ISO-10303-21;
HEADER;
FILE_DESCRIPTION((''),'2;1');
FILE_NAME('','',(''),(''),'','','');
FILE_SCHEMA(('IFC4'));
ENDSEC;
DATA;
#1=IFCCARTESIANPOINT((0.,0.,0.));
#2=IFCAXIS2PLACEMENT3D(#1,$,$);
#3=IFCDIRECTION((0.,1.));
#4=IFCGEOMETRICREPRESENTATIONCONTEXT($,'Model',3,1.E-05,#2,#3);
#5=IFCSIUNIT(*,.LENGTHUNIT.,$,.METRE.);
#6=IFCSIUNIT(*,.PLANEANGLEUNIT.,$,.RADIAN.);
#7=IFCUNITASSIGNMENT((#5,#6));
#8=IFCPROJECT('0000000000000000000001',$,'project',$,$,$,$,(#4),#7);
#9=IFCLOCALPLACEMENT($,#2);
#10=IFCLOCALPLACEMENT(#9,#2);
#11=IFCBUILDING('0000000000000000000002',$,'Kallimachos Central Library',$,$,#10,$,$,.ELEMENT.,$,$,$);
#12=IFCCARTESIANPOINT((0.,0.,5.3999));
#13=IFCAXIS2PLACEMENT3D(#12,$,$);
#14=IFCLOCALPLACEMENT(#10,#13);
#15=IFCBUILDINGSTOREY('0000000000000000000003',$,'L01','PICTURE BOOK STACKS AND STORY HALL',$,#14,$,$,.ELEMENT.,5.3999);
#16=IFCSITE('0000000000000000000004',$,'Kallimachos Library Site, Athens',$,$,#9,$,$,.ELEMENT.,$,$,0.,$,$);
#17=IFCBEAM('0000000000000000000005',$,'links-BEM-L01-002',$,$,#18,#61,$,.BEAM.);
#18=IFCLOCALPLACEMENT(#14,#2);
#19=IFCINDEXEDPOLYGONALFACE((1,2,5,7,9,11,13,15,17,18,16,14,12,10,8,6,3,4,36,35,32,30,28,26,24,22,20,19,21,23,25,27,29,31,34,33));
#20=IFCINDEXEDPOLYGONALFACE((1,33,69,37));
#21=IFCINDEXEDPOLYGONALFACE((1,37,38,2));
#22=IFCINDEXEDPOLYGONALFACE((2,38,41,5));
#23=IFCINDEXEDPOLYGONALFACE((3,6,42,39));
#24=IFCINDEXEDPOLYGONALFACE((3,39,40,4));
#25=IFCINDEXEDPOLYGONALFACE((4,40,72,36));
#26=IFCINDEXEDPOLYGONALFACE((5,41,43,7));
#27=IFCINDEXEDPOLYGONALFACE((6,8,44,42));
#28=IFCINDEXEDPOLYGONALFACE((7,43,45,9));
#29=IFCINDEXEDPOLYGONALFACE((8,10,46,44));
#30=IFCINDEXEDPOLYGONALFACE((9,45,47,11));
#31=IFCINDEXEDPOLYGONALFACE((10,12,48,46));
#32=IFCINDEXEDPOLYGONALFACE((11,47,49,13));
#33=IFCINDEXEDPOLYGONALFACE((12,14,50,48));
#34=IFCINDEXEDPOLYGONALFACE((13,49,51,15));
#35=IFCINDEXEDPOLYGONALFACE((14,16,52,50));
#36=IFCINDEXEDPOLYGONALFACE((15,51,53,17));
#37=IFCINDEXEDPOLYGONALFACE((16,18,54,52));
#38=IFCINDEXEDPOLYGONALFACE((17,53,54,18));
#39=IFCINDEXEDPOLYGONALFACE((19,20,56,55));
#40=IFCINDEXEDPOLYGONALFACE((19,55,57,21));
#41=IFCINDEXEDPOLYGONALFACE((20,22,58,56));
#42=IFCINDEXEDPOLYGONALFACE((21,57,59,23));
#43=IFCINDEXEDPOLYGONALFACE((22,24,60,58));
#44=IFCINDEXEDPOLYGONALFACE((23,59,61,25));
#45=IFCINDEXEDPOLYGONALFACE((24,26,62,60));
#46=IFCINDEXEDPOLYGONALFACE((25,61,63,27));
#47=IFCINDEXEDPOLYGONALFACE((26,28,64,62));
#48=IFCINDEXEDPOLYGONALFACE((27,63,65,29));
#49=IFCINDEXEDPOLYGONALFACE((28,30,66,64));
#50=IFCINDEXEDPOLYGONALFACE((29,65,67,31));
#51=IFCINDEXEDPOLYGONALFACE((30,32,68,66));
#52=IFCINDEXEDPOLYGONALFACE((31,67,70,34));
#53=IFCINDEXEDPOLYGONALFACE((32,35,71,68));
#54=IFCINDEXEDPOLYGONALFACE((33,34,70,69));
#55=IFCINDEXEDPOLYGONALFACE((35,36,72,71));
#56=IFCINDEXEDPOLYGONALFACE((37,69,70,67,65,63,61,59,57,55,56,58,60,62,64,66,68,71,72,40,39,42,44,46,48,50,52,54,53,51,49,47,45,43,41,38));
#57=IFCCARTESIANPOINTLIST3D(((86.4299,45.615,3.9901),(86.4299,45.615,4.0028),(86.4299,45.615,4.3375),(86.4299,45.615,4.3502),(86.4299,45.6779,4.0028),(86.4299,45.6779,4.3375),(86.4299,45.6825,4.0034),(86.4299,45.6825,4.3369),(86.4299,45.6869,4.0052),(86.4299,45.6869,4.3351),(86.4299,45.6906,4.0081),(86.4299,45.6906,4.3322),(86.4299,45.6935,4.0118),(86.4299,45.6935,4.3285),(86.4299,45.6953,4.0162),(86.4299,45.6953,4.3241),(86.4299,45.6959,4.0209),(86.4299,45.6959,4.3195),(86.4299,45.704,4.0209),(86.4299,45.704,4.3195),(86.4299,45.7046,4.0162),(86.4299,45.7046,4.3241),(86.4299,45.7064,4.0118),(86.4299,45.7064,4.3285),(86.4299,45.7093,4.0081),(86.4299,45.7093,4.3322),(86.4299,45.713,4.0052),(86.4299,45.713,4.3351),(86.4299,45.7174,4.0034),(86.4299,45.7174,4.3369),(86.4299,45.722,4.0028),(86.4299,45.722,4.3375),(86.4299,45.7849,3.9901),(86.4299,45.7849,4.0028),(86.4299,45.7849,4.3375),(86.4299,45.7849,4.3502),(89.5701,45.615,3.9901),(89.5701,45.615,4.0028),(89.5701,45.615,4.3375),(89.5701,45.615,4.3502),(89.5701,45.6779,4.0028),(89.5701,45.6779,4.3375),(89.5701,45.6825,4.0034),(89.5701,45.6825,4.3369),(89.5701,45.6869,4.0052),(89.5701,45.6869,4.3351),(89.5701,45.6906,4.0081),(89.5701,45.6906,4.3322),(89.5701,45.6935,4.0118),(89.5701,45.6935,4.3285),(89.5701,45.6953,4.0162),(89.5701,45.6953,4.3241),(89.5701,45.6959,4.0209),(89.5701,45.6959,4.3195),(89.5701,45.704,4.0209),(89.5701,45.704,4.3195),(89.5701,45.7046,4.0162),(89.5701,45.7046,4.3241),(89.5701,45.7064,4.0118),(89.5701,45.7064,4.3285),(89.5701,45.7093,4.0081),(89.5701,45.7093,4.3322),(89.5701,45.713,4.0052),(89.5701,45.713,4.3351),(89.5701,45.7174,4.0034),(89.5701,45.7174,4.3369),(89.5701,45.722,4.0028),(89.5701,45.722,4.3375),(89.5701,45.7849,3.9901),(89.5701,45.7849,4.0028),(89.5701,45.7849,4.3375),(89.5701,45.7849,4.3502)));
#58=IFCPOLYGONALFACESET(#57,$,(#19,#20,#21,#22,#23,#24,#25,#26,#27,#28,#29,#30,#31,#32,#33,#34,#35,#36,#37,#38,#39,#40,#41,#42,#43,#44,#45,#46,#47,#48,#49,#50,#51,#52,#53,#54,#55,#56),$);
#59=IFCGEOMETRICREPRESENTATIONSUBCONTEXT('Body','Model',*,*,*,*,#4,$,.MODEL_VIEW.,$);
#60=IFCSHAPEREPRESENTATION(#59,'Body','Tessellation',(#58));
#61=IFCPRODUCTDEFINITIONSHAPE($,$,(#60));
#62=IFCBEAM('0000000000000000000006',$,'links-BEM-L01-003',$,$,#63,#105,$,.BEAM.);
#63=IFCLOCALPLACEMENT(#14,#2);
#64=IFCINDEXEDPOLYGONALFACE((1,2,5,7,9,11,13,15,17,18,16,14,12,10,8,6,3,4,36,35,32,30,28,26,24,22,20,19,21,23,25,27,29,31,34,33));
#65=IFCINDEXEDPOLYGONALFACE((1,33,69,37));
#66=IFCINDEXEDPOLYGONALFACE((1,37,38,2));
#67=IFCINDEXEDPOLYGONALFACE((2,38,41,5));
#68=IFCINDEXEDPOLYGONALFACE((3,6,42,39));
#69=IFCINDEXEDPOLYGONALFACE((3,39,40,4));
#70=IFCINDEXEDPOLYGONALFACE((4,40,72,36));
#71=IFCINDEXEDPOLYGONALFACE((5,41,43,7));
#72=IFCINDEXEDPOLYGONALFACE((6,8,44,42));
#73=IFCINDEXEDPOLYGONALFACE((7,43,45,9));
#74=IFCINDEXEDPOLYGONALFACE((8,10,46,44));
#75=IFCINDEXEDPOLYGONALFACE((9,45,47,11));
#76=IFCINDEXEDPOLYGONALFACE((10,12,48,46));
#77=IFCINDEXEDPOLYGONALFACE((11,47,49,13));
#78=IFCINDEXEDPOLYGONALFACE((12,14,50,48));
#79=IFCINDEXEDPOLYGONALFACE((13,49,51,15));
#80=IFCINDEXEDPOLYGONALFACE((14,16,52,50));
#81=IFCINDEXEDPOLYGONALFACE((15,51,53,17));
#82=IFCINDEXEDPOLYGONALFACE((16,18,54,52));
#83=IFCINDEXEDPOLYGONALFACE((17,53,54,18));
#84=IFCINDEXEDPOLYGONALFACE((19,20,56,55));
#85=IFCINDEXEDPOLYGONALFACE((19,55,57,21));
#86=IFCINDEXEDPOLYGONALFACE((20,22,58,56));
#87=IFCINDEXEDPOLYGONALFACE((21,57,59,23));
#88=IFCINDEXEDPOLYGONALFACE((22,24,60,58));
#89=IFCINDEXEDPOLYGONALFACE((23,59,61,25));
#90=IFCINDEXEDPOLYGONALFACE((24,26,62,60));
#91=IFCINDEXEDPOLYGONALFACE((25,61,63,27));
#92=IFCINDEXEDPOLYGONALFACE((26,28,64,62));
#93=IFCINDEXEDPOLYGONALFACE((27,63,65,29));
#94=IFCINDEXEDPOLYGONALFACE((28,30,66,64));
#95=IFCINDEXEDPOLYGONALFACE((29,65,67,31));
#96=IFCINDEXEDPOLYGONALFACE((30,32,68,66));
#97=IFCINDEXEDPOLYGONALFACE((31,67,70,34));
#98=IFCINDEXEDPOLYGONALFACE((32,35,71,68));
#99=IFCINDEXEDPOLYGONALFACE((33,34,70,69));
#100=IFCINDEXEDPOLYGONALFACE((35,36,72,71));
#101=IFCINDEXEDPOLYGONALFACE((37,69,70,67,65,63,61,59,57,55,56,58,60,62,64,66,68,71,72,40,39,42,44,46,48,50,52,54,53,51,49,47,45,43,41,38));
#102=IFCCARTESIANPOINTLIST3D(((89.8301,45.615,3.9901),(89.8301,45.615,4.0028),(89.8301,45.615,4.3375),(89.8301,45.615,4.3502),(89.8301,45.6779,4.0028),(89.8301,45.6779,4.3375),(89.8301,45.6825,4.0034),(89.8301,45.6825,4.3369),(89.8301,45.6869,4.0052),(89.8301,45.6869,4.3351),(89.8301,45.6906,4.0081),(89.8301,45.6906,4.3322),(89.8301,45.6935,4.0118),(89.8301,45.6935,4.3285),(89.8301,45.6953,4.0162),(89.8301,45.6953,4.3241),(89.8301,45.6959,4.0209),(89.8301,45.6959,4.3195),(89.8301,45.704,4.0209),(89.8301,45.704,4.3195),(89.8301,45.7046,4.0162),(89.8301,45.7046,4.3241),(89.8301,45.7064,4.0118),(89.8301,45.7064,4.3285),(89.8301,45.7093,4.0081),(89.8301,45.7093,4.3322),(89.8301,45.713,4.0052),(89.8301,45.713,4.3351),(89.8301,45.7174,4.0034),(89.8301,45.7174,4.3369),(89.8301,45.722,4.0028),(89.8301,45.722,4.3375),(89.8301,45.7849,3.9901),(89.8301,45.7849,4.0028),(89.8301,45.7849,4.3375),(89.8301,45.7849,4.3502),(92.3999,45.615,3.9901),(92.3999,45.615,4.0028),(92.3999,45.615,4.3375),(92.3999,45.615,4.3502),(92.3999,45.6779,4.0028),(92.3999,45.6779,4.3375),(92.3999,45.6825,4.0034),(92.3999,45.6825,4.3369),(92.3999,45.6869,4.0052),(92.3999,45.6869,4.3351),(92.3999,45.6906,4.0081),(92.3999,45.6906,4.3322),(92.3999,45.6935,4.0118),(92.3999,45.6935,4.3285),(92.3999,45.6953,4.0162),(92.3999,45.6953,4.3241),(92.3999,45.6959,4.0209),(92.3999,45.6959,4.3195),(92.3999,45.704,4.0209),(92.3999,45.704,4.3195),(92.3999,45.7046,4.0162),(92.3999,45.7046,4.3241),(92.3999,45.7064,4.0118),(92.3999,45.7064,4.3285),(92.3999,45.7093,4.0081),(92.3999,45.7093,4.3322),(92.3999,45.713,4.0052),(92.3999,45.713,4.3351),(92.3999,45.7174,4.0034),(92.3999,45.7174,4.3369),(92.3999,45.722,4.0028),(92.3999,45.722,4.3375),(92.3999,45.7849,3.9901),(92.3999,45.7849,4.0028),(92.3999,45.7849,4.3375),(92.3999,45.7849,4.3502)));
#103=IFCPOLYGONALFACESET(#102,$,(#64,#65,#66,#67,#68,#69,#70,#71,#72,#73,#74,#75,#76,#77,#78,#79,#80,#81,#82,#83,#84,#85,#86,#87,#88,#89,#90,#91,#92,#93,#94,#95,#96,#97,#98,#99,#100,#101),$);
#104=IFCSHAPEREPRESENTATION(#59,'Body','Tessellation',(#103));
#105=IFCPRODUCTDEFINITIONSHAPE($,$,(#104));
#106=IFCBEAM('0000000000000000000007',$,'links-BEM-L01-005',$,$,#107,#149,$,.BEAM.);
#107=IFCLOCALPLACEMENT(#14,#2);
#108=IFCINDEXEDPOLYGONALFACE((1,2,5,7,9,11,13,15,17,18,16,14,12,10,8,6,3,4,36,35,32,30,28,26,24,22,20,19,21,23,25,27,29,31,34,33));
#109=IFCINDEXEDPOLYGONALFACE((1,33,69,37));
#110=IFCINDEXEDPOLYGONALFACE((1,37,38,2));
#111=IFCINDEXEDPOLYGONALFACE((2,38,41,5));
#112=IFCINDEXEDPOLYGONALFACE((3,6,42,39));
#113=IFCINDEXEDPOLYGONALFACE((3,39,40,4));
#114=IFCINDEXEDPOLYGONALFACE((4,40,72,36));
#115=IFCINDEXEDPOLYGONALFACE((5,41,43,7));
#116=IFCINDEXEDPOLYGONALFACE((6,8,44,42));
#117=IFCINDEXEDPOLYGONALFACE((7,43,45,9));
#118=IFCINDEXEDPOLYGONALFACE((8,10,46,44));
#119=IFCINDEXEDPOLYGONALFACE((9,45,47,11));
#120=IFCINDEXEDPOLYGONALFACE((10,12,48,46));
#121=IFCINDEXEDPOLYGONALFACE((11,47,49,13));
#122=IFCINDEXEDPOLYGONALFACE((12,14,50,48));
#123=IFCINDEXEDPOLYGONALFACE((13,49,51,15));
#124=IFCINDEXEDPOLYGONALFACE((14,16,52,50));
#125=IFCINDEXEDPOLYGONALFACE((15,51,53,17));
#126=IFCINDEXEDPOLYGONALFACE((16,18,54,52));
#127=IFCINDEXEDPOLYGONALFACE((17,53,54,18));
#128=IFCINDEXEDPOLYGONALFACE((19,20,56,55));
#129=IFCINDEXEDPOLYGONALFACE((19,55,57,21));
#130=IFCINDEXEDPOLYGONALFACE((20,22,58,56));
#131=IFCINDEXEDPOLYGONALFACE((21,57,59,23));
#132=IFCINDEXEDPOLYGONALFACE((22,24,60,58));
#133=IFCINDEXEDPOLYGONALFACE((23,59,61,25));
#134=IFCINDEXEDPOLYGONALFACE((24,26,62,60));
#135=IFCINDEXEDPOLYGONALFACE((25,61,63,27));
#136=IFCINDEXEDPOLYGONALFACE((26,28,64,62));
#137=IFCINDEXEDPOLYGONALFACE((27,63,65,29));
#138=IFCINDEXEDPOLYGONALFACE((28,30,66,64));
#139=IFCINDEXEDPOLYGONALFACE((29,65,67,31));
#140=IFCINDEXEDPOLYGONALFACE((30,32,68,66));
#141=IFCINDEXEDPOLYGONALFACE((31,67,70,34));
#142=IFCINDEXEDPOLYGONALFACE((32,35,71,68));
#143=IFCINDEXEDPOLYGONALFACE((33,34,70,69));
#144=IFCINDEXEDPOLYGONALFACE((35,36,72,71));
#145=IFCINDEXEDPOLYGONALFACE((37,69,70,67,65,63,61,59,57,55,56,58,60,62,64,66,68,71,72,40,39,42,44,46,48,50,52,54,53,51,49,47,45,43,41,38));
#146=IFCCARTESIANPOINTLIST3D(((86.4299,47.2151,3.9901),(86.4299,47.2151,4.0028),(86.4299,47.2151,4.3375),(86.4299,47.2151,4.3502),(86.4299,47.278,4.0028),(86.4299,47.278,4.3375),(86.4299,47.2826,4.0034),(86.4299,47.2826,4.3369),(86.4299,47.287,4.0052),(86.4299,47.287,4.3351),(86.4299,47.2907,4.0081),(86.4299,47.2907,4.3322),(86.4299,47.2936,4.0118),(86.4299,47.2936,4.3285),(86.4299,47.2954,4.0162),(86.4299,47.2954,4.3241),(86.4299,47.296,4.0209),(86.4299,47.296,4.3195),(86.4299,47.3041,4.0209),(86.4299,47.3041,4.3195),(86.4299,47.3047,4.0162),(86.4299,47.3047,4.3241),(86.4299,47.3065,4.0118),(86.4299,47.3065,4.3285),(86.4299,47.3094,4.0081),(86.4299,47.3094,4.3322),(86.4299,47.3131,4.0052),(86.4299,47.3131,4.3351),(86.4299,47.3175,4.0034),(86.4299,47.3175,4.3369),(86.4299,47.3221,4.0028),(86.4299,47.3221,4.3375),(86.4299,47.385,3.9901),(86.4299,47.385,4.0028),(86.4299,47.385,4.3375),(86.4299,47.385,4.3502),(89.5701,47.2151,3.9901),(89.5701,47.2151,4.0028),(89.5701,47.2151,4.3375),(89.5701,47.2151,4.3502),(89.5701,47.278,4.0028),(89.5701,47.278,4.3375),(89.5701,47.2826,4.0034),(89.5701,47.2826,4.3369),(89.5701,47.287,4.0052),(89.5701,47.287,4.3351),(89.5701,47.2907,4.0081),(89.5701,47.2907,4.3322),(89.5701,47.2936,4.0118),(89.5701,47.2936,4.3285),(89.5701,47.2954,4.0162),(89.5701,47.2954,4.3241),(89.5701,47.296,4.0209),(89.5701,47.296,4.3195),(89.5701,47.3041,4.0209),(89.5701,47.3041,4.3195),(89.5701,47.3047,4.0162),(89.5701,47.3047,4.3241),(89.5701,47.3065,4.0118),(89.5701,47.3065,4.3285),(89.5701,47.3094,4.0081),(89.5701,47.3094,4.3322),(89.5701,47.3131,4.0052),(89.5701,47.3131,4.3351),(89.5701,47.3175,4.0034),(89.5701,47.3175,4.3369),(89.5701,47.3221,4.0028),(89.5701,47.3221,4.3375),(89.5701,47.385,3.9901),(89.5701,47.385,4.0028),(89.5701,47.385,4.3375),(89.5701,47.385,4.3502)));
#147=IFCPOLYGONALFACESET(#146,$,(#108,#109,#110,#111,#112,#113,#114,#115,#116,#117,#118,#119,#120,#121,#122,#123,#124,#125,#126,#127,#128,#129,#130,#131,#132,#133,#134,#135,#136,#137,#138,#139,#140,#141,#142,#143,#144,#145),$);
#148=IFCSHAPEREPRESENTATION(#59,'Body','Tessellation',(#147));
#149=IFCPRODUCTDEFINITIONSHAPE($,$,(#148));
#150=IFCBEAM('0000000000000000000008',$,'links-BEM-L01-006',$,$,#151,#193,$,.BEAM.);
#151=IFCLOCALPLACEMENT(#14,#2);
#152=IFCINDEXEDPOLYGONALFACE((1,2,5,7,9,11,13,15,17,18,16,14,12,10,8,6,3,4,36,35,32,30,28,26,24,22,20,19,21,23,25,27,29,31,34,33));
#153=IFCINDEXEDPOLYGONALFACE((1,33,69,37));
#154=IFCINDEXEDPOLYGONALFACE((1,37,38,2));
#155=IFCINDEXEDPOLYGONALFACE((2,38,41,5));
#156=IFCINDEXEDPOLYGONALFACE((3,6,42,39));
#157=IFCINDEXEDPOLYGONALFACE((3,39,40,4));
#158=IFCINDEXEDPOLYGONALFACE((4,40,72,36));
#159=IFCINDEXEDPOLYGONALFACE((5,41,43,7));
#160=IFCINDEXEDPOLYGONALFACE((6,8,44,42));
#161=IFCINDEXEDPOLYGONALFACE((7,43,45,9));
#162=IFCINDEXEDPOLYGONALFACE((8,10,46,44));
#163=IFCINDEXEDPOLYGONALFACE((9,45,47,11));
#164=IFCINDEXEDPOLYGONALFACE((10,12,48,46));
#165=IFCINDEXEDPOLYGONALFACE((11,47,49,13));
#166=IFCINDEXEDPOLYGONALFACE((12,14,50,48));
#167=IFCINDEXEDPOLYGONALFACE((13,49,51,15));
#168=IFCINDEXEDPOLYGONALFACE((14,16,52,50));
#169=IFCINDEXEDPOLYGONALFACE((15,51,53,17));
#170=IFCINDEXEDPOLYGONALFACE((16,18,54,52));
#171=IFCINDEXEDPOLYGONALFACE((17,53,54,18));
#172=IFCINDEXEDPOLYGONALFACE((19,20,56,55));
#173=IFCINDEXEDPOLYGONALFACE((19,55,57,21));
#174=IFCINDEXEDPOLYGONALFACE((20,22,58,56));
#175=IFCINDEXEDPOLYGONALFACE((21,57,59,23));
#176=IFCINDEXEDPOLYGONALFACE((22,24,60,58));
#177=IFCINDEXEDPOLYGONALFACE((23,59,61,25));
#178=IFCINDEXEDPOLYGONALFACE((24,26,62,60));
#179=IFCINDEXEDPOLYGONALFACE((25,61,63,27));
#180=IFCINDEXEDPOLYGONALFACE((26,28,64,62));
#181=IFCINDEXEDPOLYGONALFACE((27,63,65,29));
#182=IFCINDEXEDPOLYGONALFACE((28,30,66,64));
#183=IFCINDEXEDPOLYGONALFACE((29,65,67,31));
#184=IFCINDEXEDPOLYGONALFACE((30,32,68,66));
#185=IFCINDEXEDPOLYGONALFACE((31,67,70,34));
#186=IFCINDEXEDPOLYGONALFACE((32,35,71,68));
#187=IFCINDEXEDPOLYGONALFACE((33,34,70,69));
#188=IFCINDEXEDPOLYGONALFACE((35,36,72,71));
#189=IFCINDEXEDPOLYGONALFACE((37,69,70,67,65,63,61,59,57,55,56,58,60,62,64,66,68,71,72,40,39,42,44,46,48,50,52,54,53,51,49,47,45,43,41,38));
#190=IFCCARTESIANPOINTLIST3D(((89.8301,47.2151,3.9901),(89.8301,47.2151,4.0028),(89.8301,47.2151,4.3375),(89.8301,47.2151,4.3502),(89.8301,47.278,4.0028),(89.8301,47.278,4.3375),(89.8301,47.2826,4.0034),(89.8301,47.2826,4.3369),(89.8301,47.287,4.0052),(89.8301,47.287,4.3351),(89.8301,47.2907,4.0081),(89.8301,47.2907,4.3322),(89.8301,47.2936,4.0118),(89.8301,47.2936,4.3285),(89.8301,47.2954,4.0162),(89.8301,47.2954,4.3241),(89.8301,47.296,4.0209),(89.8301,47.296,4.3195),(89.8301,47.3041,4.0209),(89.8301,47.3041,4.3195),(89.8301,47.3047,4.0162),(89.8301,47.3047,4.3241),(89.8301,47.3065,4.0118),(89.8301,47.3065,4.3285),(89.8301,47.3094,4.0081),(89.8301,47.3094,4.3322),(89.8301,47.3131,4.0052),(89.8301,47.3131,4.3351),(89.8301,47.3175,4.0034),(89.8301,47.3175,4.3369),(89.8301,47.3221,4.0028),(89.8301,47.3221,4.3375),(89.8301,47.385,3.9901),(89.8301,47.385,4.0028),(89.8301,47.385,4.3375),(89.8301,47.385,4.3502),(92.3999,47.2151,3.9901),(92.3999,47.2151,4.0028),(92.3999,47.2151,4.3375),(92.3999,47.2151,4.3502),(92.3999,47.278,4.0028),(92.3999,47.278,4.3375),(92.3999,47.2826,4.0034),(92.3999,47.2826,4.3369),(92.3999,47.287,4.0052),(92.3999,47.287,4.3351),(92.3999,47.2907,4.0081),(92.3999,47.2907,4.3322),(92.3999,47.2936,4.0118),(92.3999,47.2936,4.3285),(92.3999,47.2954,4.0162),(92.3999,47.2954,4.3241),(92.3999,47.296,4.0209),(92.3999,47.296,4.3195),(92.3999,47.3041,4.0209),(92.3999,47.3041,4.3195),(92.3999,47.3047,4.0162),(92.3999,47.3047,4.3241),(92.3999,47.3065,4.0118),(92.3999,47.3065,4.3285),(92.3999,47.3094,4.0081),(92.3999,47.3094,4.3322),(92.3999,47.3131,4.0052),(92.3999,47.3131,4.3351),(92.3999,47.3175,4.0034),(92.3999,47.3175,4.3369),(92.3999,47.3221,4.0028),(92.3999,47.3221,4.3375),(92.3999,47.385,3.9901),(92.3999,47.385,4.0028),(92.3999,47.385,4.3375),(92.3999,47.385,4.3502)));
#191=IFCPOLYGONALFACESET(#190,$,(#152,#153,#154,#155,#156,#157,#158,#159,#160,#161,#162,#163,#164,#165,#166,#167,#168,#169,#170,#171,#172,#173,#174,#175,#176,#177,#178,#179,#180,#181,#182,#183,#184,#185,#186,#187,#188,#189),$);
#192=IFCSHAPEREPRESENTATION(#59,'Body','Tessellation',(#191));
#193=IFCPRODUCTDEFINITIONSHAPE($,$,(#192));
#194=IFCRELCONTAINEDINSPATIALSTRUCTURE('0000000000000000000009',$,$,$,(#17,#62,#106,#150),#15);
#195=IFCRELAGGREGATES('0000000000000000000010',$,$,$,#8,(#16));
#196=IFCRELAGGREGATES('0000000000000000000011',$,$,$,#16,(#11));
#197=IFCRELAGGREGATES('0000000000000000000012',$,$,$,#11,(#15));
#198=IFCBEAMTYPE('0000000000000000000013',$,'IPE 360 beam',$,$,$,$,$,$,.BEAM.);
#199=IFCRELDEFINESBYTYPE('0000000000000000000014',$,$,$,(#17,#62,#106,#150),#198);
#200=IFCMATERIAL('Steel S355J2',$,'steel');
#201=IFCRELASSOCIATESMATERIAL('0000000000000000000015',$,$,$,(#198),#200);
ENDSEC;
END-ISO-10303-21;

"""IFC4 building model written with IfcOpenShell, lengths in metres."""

from ifc_helpers import new_model, si_unit, direction, frame, origin, origin_2d, place, context, subcontext, project, spatial, i_section, extrude, material, material_profile, profile_set, type_object, element, save


model = new_model("IFC4")

# Units and contexts
model_context = context("Model", 3, precision=1e-05, world=origin(), true_north=direction((0.0, 1.0)))
body_context = subcontext(model_context, "Body", "Model", "MODEL_VIEW")
ifc_project = project(units=[si_unit("LENGTHUNIT", "METRE"), si_unit("PLANEANGLEUNIT", "RADIAN")], contexts=[model_context])

# Site, building, storey
site_placement = place(None, origin())
site = spatial("IfcSite", under=ifc_project, at=site_placement, Name="Kallimachos Library Site, Athens", CompositionType="ELEMENT", RefElevation=0.0)
building_placement = place(site_placement, origin())
building = spatial("IfcBuilding", under=site, at=building_placement, Name="Kallimachos Central Library", CompositionType="ELEMENT")
storey_placement = place(building_placement, frame((0.0, 0.0, 5.3999)))
storey = spatial("IfcBuildingStorey", under=building, at=storey_placement, Name="L01", Description="PICTURE BOOK STACKS AND STORY HALL", CompositionType="ELEMENT", Elevation=5.3999)

# Beams
ifc_material_1 = material(Name="Steel S355J2", Category="steel")
ifc_material_profile_1 = material_profile(ifc_material_1, i_section(OverallWidth=0.1699, OverallDepth=0.3601, WebThickness=0.0081, FlangeThickness=0.0127, FilletRadius=0.0181, at=origin_2d()), Name="IPE 360")
ifc_profile_set_1 = profile_set([ifc_material_profile_1], Name="Steel S355J2")
beam_type_1 = type_object("IfcBeamType", Name="IPE 360 beam", PredefinedType="BEAM", material=ifc_profile_set_1)
beam_1_placement = place(storey_placement, frame((86.4299, 45.7, 4.1702), z_axis=(1.0, 0.0, 0.0), x_axis=(0.0, 1.0, 0.0)))
element("IfcBeam", 1, at=beam_1_placement, inside=storey, type_object=beam_type_1, Name="links-BEM-L01-002", PredefinedType="BEAM", context=body_context, shape_type="SweptSolid", body=[
    extrude(i_section(OverallWidth=0.1699, OverallDepth=0.3601, WebThickness=0.0081, FlangeThickness=0.0127, FilletRadius=0.0181, at=origin_2d()), origin(), (0.0, 0.0, 1.0), 3.1401),
])
beam_2_placement = place(storey_placement, frame((89.8301, 45.7, 4.1702), z_axis=(1.0, 0.0, 0.0), x_axis=(0.0, 1.0, 0.0)))
element("IfcBeam", 2, at=beam_2_placement, inside=storey, type_object=beam_type_1, Name="links-BEM-L01-003", PredefinedType="BEAM", context=body_context, shape_type="SweptSolid", body=[
    extrude(i_section(OverallWidth=0.1699, OverallDepth=0.3601, WebThickness=0.0081, FlangeThickness=0.0127, FilletRadius=0.0181, at=origin_2d()), origin(), (0.0, 0.0, 1.0), 2.5698),
])
beam_3_placement = place(storey_placement, frame((86.4299, 47.3, 4.1702), z_axis=(1.0, 0.0, 0.0), x_axis=(0.0, 1.0, 0.0)))
element("IfcBeam", 3, at=beam_3_placement, inside=storey, type_object=beam_type_1, Name="links-BEM-L01-005", PredefinedType="BEAM", context=body_context, shape_type="SweptSolid", body=[
    extrude(i_section(OverallWidth=0.1699, OverallDepth=0.3601, WebThickness=0.0081, FlangeThickness=0.0127, FilletRadius=0.0181, at=origin_2d()), origin(), (0.0, 0.0, 1.0), 3.1401),
])
beam_4_placement = place(storey_placement, frame((89.8301, 47.3, 4.1702), z_axis=(1.0, 0.0, 0.0), x_axis=(0.0, 1.0, 0.0)))
element("IfcBeam", 4, at=beam_4_placement, inside=storey, type_object=beam_type_1, Name="links-BEM-L01-006", PredefinedType="BEAM", context=body_context, shape_type="SweptSolid", body=[
    extrude(i_section(OverallWidth=0.1699, OverallDepth=0.3601, WebThickness=0.0081, FlangeThickness=0.0127, FilletRadius=0.0181, at=origin_2d()), origin(), (0.0, 0.0, 1.0), 2.5698),
])

save(model, "model.ifc")
